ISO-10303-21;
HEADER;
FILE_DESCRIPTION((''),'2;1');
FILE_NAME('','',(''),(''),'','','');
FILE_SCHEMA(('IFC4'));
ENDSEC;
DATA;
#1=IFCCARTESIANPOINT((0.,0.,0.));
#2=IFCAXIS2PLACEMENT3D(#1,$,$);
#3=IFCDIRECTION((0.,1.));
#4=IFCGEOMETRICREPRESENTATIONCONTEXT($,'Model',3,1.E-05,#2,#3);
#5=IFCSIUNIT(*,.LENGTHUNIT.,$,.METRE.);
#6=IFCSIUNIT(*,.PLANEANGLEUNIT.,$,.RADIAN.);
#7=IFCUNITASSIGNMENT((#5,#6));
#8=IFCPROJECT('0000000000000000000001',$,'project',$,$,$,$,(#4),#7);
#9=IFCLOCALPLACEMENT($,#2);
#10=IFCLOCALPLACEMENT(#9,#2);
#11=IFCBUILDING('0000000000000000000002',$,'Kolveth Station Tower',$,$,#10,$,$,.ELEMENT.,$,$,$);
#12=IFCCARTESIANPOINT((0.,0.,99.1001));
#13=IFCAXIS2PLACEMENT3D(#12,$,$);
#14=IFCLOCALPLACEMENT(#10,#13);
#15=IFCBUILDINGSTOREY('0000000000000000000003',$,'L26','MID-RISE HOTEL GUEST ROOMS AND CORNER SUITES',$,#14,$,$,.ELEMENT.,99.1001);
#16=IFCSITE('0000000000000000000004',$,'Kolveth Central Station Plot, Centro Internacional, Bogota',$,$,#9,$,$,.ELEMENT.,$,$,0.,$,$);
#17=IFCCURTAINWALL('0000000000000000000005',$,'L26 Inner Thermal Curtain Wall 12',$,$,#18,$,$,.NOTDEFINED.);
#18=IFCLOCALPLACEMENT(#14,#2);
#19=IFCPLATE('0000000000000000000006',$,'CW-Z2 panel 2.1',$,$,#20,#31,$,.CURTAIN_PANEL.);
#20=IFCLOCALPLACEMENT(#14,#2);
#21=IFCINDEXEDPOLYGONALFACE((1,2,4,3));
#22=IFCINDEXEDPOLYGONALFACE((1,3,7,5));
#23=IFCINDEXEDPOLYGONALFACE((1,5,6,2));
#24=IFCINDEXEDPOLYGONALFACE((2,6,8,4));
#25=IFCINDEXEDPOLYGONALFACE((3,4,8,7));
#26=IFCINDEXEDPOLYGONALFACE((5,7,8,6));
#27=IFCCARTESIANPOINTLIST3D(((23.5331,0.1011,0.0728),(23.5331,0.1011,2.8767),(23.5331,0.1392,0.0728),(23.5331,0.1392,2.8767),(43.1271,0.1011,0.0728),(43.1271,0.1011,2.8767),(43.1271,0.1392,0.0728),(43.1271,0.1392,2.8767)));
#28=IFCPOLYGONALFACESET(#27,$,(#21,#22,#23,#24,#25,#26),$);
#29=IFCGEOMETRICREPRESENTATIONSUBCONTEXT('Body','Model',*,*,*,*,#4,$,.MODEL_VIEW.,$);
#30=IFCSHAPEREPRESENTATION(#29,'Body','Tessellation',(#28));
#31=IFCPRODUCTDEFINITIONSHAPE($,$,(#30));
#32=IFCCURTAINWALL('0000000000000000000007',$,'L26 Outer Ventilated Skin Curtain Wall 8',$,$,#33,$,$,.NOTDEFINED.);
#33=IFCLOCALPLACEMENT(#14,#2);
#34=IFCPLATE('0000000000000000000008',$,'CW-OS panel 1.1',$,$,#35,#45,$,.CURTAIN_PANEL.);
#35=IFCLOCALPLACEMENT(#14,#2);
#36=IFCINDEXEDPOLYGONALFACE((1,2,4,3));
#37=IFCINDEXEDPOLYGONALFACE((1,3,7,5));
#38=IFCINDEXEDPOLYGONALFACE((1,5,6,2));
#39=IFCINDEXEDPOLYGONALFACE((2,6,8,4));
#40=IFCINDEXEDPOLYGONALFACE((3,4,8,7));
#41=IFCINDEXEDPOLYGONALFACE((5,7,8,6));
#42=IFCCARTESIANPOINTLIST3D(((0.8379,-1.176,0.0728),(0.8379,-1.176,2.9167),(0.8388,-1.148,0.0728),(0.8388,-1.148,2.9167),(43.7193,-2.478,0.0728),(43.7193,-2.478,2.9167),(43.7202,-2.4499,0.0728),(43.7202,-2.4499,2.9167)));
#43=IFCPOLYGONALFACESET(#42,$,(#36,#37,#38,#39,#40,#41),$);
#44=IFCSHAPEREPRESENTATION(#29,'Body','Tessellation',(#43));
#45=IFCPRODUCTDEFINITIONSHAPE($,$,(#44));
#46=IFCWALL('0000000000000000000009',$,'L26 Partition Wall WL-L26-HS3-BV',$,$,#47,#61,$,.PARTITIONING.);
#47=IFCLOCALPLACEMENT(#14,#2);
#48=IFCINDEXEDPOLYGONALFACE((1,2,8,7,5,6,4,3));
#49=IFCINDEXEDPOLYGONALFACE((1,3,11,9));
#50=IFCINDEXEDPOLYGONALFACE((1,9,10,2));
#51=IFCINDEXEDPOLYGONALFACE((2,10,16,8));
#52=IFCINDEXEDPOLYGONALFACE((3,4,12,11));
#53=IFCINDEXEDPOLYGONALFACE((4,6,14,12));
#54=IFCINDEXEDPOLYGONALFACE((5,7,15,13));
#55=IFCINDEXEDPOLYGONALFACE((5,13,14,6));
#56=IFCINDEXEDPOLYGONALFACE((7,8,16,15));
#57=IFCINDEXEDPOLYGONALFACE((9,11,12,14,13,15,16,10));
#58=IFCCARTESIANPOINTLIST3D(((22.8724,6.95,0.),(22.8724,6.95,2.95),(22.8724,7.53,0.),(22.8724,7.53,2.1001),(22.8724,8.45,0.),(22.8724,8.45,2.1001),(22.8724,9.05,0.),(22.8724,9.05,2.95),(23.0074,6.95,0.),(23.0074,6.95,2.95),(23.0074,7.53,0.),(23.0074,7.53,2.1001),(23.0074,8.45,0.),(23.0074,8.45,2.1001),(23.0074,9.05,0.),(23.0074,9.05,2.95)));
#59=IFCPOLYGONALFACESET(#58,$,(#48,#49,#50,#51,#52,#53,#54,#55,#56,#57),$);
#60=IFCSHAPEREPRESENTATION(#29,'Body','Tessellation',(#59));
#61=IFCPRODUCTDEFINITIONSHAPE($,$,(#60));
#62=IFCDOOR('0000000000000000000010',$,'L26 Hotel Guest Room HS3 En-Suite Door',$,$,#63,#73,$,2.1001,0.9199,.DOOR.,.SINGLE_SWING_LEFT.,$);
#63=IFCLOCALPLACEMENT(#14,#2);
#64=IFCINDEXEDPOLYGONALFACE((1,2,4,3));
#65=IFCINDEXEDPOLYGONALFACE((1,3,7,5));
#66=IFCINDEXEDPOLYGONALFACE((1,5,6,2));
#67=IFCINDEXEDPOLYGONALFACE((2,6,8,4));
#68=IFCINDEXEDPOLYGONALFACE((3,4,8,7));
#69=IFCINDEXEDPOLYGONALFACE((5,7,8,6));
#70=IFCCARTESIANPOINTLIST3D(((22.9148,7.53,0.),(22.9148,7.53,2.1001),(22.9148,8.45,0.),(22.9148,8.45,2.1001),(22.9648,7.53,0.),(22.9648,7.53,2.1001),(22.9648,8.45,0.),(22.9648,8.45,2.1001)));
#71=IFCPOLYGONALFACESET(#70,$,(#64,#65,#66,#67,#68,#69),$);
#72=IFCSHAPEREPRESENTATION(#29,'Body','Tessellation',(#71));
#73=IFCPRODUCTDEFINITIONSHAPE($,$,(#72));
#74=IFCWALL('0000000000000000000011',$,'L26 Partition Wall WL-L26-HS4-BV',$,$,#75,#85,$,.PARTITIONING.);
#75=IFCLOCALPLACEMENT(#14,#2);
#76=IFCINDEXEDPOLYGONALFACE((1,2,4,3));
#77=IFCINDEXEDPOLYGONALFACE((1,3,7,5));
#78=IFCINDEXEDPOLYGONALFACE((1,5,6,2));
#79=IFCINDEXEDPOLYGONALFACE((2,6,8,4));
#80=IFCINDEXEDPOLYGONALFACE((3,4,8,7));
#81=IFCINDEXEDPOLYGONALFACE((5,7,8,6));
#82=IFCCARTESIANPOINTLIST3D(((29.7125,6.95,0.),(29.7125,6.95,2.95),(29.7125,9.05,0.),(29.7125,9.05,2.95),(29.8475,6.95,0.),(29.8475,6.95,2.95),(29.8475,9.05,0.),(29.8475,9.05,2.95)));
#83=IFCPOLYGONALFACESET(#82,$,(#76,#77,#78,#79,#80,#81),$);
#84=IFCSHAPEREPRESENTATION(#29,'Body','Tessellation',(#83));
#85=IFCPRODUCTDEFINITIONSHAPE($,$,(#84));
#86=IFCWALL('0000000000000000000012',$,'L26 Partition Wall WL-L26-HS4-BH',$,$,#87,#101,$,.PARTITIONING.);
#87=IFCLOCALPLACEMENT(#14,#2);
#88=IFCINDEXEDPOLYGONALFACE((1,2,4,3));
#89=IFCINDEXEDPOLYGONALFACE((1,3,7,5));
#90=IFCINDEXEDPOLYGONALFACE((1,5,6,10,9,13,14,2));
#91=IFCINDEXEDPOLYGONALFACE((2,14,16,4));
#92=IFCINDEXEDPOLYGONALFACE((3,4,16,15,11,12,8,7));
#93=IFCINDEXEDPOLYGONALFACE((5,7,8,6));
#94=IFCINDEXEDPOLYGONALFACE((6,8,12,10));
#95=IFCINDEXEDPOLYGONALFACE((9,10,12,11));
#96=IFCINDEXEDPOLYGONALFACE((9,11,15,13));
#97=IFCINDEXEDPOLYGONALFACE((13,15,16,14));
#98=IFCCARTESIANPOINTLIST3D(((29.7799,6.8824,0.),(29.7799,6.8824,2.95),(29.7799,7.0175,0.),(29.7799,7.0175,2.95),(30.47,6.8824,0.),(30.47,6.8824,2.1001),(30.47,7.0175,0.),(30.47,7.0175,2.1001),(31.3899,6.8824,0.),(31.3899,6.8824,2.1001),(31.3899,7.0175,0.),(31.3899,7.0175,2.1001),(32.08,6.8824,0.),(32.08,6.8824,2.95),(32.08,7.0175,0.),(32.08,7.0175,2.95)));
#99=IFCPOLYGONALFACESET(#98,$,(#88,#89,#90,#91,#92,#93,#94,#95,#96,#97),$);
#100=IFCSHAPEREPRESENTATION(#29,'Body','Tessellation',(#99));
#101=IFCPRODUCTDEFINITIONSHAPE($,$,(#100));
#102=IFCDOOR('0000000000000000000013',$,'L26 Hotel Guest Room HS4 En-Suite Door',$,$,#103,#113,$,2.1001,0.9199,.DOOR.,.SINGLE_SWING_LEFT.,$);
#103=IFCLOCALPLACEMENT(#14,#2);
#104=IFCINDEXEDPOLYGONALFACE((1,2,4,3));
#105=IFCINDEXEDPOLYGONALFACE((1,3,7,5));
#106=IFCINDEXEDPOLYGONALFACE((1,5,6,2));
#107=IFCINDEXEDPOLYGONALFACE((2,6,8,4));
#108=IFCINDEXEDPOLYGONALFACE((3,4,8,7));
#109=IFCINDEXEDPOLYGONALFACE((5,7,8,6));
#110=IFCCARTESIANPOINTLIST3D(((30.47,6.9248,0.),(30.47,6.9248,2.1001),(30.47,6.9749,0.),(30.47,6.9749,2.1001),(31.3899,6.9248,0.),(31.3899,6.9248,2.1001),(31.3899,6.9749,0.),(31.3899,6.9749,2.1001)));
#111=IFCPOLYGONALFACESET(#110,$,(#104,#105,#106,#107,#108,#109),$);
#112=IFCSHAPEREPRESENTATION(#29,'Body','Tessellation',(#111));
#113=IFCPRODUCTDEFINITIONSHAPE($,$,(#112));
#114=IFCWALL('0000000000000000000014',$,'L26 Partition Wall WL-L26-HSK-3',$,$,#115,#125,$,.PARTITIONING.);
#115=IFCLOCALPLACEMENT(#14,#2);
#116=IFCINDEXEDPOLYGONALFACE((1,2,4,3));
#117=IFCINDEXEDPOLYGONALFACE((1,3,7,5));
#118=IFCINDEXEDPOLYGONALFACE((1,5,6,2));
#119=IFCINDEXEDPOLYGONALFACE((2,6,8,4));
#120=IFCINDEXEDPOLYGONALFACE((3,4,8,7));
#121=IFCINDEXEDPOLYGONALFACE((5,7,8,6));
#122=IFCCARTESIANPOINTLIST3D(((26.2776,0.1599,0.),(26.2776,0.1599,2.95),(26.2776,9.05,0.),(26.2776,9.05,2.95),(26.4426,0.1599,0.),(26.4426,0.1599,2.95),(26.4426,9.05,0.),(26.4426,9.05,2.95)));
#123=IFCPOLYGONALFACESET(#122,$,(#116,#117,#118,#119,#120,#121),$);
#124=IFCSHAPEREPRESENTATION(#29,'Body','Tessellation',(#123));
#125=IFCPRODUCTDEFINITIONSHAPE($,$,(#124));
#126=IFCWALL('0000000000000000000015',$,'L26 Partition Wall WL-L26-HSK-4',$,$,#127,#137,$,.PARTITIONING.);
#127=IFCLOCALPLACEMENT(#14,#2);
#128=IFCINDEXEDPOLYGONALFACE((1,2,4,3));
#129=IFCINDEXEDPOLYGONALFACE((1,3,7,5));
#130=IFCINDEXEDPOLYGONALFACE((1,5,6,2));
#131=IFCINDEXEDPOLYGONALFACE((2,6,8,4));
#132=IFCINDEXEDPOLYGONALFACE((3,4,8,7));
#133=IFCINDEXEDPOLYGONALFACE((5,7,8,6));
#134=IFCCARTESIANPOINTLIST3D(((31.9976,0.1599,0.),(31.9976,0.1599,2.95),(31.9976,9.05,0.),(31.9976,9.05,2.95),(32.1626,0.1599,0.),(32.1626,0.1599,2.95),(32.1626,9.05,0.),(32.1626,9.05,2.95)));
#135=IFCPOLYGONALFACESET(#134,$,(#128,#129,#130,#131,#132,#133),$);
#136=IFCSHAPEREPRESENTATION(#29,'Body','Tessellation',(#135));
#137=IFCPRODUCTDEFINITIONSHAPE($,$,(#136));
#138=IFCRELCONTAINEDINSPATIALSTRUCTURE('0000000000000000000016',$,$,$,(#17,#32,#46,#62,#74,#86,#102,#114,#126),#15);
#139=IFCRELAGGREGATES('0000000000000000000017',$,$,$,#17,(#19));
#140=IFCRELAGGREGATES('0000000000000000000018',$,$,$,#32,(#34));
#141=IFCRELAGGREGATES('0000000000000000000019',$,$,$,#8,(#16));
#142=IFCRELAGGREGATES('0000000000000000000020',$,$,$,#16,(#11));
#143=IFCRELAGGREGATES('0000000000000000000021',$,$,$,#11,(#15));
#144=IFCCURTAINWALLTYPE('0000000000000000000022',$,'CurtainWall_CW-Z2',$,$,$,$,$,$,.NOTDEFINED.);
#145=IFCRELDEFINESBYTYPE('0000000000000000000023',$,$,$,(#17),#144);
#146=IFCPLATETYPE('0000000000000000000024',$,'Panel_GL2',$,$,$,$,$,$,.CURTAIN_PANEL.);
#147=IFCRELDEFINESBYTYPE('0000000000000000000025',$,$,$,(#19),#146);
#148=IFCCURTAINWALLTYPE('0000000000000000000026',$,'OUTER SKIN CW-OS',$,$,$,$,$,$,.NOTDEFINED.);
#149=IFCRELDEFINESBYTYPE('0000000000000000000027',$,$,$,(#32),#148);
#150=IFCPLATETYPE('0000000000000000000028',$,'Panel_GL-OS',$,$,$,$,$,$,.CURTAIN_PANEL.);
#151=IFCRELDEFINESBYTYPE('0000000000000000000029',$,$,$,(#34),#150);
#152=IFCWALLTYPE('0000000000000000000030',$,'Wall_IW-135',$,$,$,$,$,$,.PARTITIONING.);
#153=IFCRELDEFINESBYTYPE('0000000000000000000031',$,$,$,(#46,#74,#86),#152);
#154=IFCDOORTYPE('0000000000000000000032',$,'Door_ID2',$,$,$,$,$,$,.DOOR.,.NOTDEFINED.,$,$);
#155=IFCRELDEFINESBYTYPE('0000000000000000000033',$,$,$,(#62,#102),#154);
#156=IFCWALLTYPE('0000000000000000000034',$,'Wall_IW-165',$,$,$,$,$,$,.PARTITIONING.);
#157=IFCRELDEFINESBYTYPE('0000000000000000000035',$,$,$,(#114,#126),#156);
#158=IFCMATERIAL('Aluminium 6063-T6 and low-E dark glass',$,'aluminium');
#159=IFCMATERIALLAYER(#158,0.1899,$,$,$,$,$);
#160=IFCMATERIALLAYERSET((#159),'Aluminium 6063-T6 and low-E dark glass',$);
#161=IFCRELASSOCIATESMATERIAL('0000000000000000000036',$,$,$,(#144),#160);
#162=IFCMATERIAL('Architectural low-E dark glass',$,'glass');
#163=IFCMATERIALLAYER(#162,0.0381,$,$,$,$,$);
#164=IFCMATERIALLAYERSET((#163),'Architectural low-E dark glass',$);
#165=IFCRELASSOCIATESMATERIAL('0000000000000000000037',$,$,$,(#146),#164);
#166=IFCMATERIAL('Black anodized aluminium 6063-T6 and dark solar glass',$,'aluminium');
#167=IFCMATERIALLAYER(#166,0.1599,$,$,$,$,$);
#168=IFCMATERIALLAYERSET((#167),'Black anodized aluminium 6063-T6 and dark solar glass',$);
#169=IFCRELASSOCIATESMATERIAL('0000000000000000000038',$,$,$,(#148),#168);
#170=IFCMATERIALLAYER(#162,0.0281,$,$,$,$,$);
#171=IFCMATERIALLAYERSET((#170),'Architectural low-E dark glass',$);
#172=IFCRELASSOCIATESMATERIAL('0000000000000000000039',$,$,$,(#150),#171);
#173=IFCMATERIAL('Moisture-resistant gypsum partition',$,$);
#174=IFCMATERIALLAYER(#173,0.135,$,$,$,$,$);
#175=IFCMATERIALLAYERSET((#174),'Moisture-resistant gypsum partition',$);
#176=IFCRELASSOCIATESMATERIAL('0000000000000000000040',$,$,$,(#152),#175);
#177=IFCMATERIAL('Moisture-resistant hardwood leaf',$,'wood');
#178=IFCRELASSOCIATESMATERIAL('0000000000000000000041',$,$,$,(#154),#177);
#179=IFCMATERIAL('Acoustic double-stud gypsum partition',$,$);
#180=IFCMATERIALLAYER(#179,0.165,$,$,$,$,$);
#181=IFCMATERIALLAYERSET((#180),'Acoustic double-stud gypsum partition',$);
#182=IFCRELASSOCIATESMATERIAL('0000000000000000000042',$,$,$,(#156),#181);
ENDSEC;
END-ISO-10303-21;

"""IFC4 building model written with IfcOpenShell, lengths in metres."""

from ifc_helpers import new_model, si_unit, direction, frame, frame_2d, origin, origin_2d, place, context, subcontext, project, spatial, rectangle, extrude, source, transform, mapped, material, layer, layer_set, type_object, element, fill, aggregate, save


model = new_model("IFC4")

# Units and contexts
model_context = context("Model", 3, precision=1e-05, world=origin(), true_north=direction((0.0, 1.0)))
body_context = subcontext(model_context, "Body", "Model", "MODEL_VIEW")
ifc_project = project(units=[si_unit("LENGTHUNIT", "METRE"), si_unit("PLANEANGLEUNIT", "RADIAN")], contexts=[model_context])

# Site, building, storey
site_placement = place(None, origin())
site = spatial("IfcSite", under=ifc_project, at=site_placement, Name="Kolveth Central Station Plot, Centro Internacional, Bogota", CompositionType="ELEMENT", RefElevation=0.0)
building_placement = place(site_placement, origin())
building = spatial("IfcBuilding", under=site, at=building_placement, Name="Kolveth Station Tower", CompositionType="ELEMENT")
storey_placement = place(building_placement, frame((0.0, 0.0, 99.1001)))
storey = spatial("IfcBuildingStorey", under=building, at=storey_placement, Name="L26", Description="MID-RISE HOTEL GUEST ROOMS AND CORNER SUITES", CompositionType="ELEMENT", Elevation=99.1001)

# Curtain wall, plate
ifc_material_1 = material(Name="Aluminium 6063-T6 and low-E dark glass", Category="aluminium")
ifc_layer_1 = layer(ifc_material_1, 0.1899)
ifc_layer_set_1 = layer_set([ifc_layer_1], Name="Aluminium 6063-T6 and low-E dark glass")
curtain_wall_type_1 = type_object("IfcCurtainWallType", Name="CurtainWall_CW-Z2", PredefinedType="NOTDEFINED", material=ifc_layer_set_1)
curtain_wall_1_placement = place(storey_placement, origin())
curtain_wall_1 = element("IfcCurtainWall", 1, at=curtain_wall_1_placement, inside=storey, type_object=curtain_wall_type_1, Name="L26 Inner Thermal Curtain Wall 12", PredefinedType="NOTDEFINED")
ifc_material_2 = material(Name="Architectural low-E dark glass", Category="glass")
ifc_layer_2 = layer(ifc_material_2, 0.0381)
ifc_layer_set_2 = layer_set([ifc_layer_2], Name="Architectural low-E dark glass")
plate_type_1 = type_object("IfcPlateType", Name="Panel_GL2", PredefinedType="CURTAIN_PANEL", material=ifc_layer_set_2)
shared_shape_1 = source(origin(), body_context, "Body", "SweptSolid", [
    extrude(rectangle(XDim=19.594, YDim=0.0381, at=origin_2d()), origin(), (0.0, 0.0, 1.0), 2.804),
])
plate_1_placement = place(storey_placement, frame((33.3301, 0.1201, 0.0728), z_axis=(0.0, 0.0, 1.0), x_axis=(1.0, 0.0, 0.0)))
plate_1 = element("IfcPlate", 2, at=plate_1_placement, type_object=plate_type_1, Name="CW-Z2 panel 2.1", PredefinedType="CURTAIN_PANEL", context=body_context, shape_type="MappedRepresentation", body=[
    mapped(shared_shape_1, transform((0.0, 0.0, 0.0), x_axis=(1.0, 0.0, 0.0), y_axis=(0.0, 1.0, 0.0), z_axis=(0.0, 0.0, 1.0), scale=1.0)),
])
aggregate(curtain_wall_1, [plate_1])

# Curtain wall, plate
ifc_material_3 = material(Name="Black anodized aluminium 6063-T6 and dark solar glass", Category="aluminium")
ifc_layer_3 = layer(ifc_material_3, 0.1599)
ifc_layer_set_3 = layer_set([ifc_layer_3], Name="Black anodized aluminium 6063-T6 and dark solar glass")
curtain_wall_type_2 = type_object("IfcCurtainWallType", Name="OUTER SKIN CW-OS", PredefinedType="NOTDEFINED", material=ifc_layer_set_3)
curtain_wall_2_placement = place(storey_placement, origin())
curtain_wall_2 = element("IfcCurtainWall", 3, at=curtain_wall_2_placement, inside=storey, type_object=curtain_wall_type_2, Name="L26 Outer Ventilated Skin Curtain Wall 8", PredefinedType="NOTDEFINED")
ifc_layer_4 = layer(ifc_material_2, 0.0281)
ifc_layer_set_4 = layer_set([ifc_layer_4], Name="Architectural low-E dark glass")
plate_type_2 = type_object("IfcPlateType", Name="Panel_GL-OS", PredefinedType="CURTAIN_PANEL", material=ifc_layer_set_4)
shared_shape_2 = source(origin(), body_context, "Body", "SweptSolid", [
    extrude(rectangle(XDim=42.9011, YDim=0.0281, at=origin_2d()), origin(), (0.0, 0.0, 1.0), 2.844),
])
plate_2_placement = place(storey_placement, frame((22.2791, -1.813, 0.0728), z_axis=(0.0, 0.0, 1.0), x_axis=(0.999539, -0.030348, 0.0)))
plate_2 = element("IfcPlate", 4, at=plate_2_placement, type_object=plate_type_2, Name="CW-OS panel 1.1", PredefinedType="CURTAIN_PANEL", context=body_context, shape_type="MappedRepresentation", body=[
    mapped(shared_shape_2, transform((0.0, 0.0, 0.0), x_axis=(1.0, 0.0, 0.0), y_axis=(0.0, 1.0, 0.0), z_axis=(0.0, 0.0, 1.0), scale=1.0)),
])
aggregate(curtain_wall_2, [plate_2])

# Wall, opening, door
ifc_material_4 = material(Name="Moisture-resistant gypsum partition")
ifc_layer_5 = layer(ifc_material_4, 0.135)
ifc_layer_set_5 = layer_set([ifc_layer_5], Name="Moisture-resistant gypsum partition")
wall_type_1 = type_object("IfcWallType", Name="Wall_IW-135", PredefinedType="PARTITIONING", material=ifc_layer_set_5)
wall_1_placement = place(storey_placement, frame((22.9399, 6.95, 0.0), z_axis=(0.0, 0.0, 1.0), x_axis=(0.0, 1.0, 0.0)))
wall_1 = element("IfcWall", 5, at=wall_1_placement, inside=storey, type_object=wall_type_1, Name="L26 Partition Wall WL-L26-HS3-BV", PredefinedType="PARTITIONING", context=body_context, shape_type="SweptSolid", body=[
    extrude(rectangle(XDim=2.1001, YDim=0.135, at=frame_2d((1.05, 0.0))), origin(), (0.0, 0.0, 1.0), 2.95),
])
opening_1_placement = place(wall_1_placement, frame((0.5801, 0.0, 0.0)))
opening_1 = element("IfcOpeningElement", 6, at=opening_1_placement, cuts=wall_1, PredefinedType="OPENING", context=body_context, shape_type="SweptSolid", body=[
    extrude(rectangle(XDim=0.9199, YDim=2.1001, at=frame_2d((0.46, 1.05))), frame((0.0, 0.0774, 0.0), z_axis=(0.0, -1.0, 0.0), x_axis=(1.0, 0.0, 0.0)), (0.0, 0.0, 1.0), 0.155),
])
ifc_material_5 = material(Name="Moisture-resistant hardwood leaf", Category="wood")
door_type = type_object("IfcDoorType", Name="Door_ID2", OperationType="NOTDEFINED", PredefinedType="DOOR", material=ifc_material_5)
door_1_placement = place(opening_1_placement, frame((0.9199, 0.0, 0.0), z_axis=(0.0, 0.0, 1.0), x_axis=(-1.0, 0.0, 0.0)))
door_1 = element("IfcDoor", 7, at=door_1_placement, inside=storey, type_object=door_type, Name="L26 Hotel Guest Room HS3 En-Suite Door", OperationType="SINGLE_SWING_LEFT", OverallHeight=2.1001, OverallWidth=0.9199, PredefinedType="DOOR", context=body_context, shape_type="SweptSolid", body=[
    extrude(rectangle(XDim=0.9199, YDim=2.1001, at=frame_2d((0.46, 1.05))), frame((0.0, 0.0249, 0.0), z_axis=(0.0, -1.0, 0.0), x_axis=(1.0, 0.0, 0.0)), (0.0, 0.0, 1.0), 0.05),
])
fill(opening_1, door_1)

# Wall
wall_2_placement = place(storey_placement, frame((29.78, 6.95, 0.0), z_axis=(0.0, 0.0, 1.0), x_axis=(0.0, 1.0, 0.0)))
element("IfcWall", 8, at=wall_2_placement, inside=storey, type_object=wall_type_1, Name="L26 Partition Wall WL-L26-HS4-BV", PredefinedType="PARTITIONING", context=body_context, shape_type="SweptSolid", body=[
    extrude(rectangle(XDim=2.1001, YDim=0.135, at=frame_2d((1.05, 0.0))), origin(), (0.0, 0.0, 1.0), 2.95),
])

# Wall, opening, door
wall_3_placement = place(storey_placement, frame((29.78, 6.95, 0.0), z_axis=(0.0, 0.0, 1.0), x_axis=(1.0, 0.0, 0.0)))
wall_3 = element("IfcWall", 9, at=wall_3_placement, inside=storey, type_object=wall_type_1, Name="L26 Partition Wall WL-L26-HS4-BH", PredefinedType="PARTITIONING", context=body_context, shape_type="SweptSolid", body=[
    extrude(rectangle(XDim=2.3, YDim=0.135, at=frame_2d((1.1499, 0.0))), origin(), (0.0, 0.0, 1.0), 2.95),
])
opening_2_placement = place(wall_3_placement, frame((0.6899, 0.0, 0.0)))
opening_2 = element("IfcOpeningElement", 10, at=opening_2_placement, cuts=wall_3, PredefinedType="OPENING", context=body_context, shape_type="SweptSolid", body=[
    extrude(rectangle(XDim=0.9199, YDim=2.1001, at=frame_2d((0.46, 1.05))), frame((0.0, 0.0774, 0.0), z_axis=(0.0, -1.0, 0.0), x_axis=(1.0, 0.0, 0.0)), (0.0, 0.0, 1.0), 0.155),
])
door_2_placement = place(opening_2_placement, origin())
door_2 = element("IfcDoor", 11, at=door_2_placement, inside=storey, type_object=door_type, Name="L26 Hotel Guest Room HS4 En-Suite Door", OperationType="SINGLE_SWING_LEFT", OverallHeight=2.1001, OverallWidth=0.9199, PredefinedType="DOOR", context=body_context, shape_type="SweptSolid", body=[
    extrude(rectangle(XDim=0.9199, YDim=2.1001, at=frame_2d((0.46, 1.05))), frame((0.0, 0.0249, 0.0), z_axis=(0.0, -1.0, 0.0), x_axis=(1.0, 0.0, 0.0)), (0.0, 0.0, 1.0), 0.05),
])
fill(opening_2, door_2)

# Walls
ifc_material_6 = material(Name="Acoustic double-stud gypsum partition")
ifc_layer_6 = layer(ifc_material_6, 0.165)
ifc_layer_set_6 = layer_set([ifc_layer_6], Name="Acoustic double-stud gypsum partition")
wall_type_2 = type_object("IfcWallType", Name="Wall_IW-165", PredefinedType="PARTITIONING", material=ifc_layer_set_6)
for number, where, z_axis, x_axis, name in (
    (12, (26.3601, 0.1599, 0.0), (0.0, 0.0, 1.0), (0.0, 1.0, 0.0), "L26 Partition Wall WL-L26-HSK-3"),
    (13, (32.0801, 0.1599, 0.0), (0.0, 0.0, 1.0), (0.0, 1.0, 0.0), "L26 Partition Wall WL-L26-HSK-4"),
):
    element("IfcWall", number, at=place(storey_placement, frame(where, z_axis=z_axis, x_axis=x_axis)), inside=storey, type_object=wall_type_2, Name=name, PredefinedType="PARTITIONING", context=body_context, shape_type="SweptSolid", body=[
        extrude(rectangle(XDim=8.8901, YDim=0.165, at=frame_2d((4.4451, 0.0))), origin(), (0.0, 0.0, 1.0), 2.95),
    ])

save(model, "model.ifc")
